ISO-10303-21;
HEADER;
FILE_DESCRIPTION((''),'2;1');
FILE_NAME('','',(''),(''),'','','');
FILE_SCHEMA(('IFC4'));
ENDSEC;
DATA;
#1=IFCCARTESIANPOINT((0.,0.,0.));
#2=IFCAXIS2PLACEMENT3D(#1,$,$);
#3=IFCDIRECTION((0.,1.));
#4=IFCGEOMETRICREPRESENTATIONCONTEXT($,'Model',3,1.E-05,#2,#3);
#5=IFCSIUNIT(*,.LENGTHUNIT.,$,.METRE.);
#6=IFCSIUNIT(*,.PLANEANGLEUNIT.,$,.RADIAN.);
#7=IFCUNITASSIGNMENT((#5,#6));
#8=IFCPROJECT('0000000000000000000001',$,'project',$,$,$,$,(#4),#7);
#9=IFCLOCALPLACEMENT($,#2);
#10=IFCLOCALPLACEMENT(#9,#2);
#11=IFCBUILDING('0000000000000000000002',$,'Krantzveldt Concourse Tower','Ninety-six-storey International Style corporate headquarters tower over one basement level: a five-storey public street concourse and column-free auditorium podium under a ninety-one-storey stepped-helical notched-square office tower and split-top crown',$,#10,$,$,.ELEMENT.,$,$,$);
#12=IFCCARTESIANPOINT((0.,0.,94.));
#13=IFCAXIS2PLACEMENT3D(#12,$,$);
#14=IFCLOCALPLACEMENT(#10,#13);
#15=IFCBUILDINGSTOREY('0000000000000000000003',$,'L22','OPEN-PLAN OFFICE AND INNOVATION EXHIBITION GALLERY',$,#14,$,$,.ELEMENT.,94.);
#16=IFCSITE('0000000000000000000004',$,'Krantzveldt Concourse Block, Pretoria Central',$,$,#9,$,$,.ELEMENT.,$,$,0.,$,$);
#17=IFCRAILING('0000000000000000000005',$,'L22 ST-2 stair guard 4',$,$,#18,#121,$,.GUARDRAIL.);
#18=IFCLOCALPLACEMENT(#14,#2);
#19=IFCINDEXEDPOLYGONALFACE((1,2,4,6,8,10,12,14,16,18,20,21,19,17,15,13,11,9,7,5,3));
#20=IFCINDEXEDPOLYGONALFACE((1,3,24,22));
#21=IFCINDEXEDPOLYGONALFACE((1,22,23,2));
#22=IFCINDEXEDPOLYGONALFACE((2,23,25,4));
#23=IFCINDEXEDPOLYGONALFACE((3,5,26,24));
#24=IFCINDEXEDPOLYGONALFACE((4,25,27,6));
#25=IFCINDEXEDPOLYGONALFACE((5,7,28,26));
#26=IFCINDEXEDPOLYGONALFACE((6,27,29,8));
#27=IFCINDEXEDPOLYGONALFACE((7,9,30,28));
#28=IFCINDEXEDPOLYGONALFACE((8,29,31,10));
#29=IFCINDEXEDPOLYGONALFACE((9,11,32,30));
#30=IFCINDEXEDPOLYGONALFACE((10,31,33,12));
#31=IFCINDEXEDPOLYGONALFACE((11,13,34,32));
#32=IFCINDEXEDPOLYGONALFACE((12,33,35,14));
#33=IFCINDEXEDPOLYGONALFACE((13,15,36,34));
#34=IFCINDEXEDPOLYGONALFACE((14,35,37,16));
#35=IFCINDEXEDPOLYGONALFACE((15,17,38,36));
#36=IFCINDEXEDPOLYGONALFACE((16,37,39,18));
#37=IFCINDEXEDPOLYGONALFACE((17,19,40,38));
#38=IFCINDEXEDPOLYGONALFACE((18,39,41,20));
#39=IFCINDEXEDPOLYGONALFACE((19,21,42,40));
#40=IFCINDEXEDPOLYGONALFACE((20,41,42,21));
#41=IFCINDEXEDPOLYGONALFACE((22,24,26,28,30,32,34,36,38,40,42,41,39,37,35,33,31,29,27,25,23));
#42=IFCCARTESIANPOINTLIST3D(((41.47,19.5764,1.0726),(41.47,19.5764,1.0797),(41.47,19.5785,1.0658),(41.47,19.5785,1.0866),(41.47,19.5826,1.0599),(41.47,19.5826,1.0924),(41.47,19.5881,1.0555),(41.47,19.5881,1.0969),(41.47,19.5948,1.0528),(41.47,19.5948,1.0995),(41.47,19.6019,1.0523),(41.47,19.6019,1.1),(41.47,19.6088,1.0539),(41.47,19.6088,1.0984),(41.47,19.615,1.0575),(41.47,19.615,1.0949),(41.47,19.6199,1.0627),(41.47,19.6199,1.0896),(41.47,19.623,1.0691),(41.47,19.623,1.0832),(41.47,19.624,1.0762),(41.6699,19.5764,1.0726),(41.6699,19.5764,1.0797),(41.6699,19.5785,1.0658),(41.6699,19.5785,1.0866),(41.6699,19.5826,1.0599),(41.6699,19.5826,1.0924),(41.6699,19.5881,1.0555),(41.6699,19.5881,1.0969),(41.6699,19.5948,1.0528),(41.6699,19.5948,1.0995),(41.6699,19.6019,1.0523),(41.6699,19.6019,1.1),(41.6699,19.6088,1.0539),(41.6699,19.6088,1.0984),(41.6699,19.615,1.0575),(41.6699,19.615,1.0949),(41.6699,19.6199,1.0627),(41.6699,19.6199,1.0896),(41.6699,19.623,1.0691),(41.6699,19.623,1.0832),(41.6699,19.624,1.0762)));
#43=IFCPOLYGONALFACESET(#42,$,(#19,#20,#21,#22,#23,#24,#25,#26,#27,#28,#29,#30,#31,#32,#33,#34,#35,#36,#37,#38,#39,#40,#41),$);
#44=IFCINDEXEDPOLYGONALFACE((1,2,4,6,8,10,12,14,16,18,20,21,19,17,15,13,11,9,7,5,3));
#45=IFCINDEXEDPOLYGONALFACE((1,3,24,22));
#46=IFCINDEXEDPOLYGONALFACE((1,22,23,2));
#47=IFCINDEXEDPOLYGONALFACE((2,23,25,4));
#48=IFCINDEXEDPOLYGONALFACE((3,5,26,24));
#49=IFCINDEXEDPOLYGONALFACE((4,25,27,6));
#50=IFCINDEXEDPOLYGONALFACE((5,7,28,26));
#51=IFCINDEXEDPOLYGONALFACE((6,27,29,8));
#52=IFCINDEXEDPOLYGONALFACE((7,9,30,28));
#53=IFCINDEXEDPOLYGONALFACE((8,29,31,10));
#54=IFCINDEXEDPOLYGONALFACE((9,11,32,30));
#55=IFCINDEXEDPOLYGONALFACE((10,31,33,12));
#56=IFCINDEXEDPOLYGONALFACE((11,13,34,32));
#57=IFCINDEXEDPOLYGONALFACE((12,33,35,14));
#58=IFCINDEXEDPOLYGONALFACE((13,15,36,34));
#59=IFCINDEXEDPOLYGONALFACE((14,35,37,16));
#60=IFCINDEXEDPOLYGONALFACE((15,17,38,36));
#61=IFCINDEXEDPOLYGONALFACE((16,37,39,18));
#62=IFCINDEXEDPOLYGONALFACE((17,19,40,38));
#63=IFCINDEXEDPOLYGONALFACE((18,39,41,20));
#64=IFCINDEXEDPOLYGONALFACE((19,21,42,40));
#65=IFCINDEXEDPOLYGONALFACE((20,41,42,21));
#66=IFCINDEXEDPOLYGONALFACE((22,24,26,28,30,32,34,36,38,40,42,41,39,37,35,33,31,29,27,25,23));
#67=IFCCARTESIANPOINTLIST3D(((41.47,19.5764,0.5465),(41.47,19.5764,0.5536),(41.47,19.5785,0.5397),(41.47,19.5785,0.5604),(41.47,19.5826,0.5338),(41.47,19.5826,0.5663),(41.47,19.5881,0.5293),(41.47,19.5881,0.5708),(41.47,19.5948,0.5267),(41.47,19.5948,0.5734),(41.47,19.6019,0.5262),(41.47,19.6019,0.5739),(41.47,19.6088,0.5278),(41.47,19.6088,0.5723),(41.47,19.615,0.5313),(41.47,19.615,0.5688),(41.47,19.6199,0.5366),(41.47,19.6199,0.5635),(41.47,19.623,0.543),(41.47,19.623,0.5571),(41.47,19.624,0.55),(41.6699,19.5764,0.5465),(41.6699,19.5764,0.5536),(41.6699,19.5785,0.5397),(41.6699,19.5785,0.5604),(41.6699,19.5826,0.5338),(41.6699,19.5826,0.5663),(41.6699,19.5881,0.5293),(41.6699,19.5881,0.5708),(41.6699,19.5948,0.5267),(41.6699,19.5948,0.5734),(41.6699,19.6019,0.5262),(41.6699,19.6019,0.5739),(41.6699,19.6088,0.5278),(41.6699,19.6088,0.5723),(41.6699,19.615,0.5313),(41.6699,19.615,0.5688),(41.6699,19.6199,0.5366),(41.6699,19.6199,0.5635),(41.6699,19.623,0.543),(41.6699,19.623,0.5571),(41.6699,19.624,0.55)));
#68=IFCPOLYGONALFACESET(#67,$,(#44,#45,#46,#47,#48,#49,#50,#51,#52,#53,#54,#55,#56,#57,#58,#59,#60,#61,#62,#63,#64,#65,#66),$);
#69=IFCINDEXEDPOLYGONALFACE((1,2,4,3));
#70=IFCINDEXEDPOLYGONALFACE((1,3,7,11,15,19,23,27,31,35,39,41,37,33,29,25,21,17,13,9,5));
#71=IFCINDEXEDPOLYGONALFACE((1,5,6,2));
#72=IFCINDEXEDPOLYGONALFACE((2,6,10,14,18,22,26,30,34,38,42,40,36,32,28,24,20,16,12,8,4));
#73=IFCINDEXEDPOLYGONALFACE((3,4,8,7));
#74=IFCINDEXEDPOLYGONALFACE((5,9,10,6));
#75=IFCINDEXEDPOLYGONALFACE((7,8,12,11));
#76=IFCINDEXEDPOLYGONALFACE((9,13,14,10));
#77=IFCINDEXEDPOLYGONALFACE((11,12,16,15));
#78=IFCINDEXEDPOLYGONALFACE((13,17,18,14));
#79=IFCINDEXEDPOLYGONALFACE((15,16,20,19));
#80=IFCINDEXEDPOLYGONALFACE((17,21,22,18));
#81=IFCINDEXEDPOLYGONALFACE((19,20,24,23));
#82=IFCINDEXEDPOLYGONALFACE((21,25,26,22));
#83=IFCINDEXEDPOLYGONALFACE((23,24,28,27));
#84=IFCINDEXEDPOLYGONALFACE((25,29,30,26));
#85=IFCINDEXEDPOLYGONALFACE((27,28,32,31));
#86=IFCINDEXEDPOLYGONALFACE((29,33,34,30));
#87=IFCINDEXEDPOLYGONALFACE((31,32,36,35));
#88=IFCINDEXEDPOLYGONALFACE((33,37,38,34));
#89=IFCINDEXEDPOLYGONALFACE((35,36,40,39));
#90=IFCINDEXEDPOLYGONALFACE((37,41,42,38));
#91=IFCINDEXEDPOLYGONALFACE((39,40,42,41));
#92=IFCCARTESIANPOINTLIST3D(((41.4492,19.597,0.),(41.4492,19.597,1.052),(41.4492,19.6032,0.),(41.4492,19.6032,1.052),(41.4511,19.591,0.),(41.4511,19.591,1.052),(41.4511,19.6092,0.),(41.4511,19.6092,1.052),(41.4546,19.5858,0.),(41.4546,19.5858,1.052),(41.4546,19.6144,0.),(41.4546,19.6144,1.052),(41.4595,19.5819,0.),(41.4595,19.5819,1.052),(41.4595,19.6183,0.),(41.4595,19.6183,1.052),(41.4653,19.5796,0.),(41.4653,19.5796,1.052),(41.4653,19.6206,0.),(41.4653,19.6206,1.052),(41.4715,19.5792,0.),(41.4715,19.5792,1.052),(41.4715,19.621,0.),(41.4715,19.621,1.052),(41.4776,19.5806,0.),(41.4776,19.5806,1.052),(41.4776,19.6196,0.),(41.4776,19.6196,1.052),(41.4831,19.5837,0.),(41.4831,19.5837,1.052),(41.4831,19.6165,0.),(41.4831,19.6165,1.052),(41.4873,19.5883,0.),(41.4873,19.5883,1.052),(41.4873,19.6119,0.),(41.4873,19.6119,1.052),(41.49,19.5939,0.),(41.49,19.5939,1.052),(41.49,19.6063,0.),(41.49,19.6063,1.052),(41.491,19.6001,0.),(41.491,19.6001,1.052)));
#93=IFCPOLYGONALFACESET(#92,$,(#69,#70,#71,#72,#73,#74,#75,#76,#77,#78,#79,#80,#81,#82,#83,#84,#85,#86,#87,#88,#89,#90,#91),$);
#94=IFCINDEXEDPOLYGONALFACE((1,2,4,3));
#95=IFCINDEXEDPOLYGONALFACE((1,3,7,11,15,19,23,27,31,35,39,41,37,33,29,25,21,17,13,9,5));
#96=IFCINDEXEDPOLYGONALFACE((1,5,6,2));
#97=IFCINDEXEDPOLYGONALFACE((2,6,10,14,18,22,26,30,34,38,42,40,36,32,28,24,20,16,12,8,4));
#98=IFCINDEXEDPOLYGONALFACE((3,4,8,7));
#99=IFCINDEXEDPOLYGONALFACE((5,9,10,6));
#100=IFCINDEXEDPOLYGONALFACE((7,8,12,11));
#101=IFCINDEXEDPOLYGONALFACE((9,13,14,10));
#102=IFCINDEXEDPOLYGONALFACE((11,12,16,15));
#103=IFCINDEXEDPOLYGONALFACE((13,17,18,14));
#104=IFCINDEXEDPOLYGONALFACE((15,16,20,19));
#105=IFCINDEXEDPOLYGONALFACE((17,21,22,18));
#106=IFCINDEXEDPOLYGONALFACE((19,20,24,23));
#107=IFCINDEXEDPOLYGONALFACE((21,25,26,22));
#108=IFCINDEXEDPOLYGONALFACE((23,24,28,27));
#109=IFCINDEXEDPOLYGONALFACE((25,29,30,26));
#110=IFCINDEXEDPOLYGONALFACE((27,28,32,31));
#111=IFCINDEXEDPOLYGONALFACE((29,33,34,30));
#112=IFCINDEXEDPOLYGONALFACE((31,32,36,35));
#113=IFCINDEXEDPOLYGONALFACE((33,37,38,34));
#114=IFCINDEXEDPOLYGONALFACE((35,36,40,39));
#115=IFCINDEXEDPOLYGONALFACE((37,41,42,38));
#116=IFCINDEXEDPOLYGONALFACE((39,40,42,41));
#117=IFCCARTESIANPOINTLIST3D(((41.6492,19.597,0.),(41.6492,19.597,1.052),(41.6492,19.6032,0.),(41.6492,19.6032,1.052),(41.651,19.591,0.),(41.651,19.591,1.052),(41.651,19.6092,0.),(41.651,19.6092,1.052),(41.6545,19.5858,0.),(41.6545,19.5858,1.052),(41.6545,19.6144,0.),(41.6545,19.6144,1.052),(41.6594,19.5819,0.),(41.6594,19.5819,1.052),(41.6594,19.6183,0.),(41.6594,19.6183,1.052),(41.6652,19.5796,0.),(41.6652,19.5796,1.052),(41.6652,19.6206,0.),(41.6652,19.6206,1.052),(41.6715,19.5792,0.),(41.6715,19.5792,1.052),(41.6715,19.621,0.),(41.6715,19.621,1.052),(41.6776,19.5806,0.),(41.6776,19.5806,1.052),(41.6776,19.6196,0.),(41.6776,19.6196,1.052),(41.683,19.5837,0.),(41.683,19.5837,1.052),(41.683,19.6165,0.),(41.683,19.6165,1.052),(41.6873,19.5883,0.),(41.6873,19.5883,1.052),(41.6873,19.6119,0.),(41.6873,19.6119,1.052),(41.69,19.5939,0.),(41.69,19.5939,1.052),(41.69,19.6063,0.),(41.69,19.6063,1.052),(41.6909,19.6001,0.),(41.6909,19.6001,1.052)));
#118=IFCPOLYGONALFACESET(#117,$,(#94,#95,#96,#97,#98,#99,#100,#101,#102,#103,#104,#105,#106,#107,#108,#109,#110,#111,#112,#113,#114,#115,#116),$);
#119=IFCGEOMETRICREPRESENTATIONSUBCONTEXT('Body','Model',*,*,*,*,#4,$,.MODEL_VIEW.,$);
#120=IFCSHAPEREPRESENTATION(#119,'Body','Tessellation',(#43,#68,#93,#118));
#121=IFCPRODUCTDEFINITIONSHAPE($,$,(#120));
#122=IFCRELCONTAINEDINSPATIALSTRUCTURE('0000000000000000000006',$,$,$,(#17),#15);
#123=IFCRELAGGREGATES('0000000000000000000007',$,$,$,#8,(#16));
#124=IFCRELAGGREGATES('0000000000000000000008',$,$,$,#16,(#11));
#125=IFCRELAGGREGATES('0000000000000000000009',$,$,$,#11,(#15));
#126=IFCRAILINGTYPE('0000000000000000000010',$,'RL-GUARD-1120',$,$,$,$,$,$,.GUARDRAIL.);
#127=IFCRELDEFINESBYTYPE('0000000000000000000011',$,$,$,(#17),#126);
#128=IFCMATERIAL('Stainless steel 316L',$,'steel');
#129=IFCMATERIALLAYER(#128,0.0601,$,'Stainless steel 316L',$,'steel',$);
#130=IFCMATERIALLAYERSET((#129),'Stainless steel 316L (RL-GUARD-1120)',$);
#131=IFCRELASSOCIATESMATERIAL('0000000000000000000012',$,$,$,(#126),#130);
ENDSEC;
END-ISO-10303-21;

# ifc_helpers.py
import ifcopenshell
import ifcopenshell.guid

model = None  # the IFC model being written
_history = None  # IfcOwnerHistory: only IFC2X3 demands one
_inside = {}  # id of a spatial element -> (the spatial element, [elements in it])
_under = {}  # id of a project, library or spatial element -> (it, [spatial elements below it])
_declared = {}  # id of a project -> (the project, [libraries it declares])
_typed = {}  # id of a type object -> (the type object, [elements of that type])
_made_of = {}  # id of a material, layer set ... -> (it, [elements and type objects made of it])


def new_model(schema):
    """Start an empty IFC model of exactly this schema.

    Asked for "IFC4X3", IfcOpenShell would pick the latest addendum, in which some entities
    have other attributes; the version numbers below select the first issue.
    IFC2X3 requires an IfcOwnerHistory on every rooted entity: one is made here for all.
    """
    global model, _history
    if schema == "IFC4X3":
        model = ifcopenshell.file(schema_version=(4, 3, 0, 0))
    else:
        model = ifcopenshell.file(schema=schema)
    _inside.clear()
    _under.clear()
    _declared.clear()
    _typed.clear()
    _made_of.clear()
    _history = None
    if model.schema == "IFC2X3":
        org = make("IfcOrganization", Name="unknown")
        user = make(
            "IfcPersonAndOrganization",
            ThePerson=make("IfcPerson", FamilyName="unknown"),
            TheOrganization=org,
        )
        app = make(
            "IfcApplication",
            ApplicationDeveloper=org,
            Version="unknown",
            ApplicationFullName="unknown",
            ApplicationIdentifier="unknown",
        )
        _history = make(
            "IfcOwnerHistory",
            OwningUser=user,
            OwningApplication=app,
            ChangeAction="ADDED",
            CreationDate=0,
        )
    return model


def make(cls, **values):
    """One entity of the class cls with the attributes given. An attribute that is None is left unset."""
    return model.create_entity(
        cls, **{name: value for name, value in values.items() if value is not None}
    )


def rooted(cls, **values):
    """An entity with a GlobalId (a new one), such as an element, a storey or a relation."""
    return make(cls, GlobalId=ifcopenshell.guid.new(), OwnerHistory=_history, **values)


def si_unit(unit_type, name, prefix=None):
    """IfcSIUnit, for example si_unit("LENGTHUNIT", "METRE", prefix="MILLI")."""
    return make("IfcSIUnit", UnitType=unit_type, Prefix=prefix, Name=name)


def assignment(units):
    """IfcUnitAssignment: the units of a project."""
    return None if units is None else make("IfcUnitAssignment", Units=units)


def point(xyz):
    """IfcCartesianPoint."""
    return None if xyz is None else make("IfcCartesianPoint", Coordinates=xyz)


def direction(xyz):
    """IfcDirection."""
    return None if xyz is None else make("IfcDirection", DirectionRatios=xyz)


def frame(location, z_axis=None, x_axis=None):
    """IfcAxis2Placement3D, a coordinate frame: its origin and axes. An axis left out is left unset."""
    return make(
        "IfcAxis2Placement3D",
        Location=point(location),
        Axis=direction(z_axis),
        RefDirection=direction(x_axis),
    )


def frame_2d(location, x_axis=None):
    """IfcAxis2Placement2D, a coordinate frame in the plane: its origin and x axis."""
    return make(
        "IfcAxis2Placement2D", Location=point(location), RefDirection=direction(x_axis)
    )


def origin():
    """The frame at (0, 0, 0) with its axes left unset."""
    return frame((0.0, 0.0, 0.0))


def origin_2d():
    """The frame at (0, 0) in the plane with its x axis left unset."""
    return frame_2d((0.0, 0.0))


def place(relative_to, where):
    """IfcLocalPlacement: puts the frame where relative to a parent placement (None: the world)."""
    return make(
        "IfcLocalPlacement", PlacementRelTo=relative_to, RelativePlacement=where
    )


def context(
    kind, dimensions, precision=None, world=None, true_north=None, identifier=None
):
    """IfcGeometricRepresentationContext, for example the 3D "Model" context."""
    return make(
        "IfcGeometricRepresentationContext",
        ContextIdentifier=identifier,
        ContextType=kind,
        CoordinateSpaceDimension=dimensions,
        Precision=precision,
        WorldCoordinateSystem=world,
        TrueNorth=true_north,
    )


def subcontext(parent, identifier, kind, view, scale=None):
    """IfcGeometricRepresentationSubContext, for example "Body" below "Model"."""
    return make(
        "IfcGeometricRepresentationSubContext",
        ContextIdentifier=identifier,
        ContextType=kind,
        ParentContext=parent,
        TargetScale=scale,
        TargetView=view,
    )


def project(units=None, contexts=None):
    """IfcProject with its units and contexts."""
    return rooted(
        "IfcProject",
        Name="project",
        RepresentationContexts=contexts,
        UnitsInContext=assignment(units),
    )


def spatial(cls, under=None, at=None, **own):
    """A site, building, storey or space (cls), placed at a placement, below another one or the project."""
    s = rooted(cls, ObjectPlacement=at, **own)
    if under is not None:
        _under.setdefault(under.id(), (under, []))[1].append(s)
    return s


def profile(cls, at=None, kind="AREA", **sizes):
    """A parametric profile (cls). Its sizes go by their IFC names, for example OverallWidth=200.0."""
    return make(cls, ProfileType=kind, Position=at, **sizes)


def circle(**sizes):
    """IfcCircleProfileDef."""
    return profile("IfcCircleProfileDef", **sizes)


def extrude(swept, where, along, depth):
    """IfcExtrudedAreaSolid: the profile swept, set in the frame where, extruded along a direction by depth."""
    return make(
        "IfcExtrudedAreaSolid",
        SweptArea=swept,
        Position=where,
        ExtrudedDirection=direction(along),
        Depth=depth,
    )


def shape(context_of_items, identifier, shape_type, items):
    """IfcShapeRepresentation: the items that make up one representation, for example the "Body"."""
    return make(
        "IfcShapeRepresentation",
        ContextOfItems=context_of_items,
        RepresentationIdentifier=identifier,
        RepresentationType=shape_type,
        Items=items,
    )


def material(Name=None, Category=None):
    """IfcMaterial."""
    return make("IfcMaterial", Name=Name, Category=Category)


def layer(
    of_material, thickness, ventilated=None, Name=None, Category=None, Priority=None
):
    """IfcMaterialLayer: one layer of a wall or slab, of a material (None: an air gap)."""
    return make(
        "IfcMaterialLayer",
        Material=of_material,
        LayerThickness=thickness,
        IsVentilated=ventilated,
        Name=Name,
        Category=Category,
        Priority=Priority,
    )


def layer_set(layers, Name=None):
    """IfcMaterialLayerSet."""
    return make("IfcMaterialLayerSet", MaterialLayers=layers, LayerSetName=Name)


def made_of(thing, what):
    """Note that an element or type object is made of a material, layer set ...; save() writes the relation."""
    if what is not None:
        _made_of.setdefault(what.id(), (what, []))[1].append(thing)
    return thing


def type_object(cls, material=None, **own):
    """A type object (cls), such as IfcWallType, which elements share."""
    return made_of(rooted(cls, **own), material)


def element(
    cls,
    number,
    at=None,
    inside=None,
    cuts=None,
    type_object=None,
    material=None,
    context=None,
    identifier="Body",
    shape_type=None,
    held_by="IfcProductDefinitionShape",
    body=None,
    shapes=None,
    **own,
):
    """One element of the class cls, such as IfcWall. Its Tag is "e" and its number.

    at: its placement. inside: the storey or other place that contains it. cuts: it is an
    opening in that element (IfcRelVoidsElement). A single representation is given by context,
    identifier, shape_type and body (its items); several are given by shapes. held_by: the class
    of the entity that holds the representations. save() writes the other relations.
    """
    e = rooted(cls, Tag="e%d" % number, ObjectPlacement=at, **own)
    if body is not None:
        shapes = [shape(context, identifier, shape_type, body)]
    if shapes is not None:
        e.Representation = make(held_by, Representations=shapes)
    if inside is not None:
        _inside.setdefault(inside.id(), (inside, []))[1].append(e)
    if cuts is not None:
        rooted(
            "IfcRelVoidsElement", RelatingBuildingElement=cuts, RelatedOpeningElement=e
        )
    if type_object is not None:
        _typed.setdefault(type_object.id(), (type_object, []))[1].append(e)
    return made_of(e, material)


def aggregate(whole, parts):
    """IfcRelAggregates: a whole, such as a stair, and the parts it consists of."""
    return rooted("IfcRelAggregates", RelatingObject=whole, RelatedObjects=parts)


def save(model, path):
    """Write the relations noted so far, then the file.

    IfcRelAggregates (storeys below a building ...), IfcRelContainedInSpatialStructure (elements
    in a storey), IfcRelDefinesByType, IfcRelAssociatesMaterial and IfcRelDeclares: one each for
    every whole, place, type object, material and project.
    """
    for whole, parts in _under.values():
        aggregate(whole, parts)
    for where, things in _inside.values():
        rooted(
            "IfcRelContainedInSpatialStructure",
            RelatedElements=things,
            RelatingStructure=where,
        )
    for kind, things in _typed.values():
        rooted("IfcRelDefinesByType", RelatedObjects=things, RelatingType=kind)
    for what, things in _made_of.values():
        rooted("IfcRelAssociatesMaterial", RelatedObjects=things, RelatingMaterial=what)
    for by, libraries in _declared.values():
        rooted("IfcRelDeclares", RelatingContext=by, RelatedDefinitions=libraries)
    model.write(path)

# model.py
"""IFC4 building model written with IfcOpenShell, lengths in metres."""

from ifc_helpers import new_model, si_unit, direction, frame, origin, origin_2d, place, context, subcontext, project, spatial, circle, extrude, material, layer, layer_set, type_object, element, save


model = new_model("IFC4")

# Units and contexts
model_context = context("Model", 3, precision=1e-05, world=origin(), true_north=direction((0.0, 1.0)))
body_context = subcontext(model_context, "Body", "Model", "MODEL_VIEW")
ifc_project = project(units=[si_unit("LENGTHUNIT", "METRE"), si_unit("PLANEANGLEUNIT", "RADIAN")], contexts=[model_context])

# Site, building, storey
site_placement = place(None, origin())
site = spatial("IfcSite", under=ifc_project, at=site_placement, Name="Krantzveldt Concourse Block, Pretoria Central", CompositionType="ELEMENT", RefElevation=0.0)
building_placement = place(site_placement, origin())
building = spatial("IfcBuilding", under=site, at=building_placement, Name="Krantzveldt Concourse Tower", Description="Ninety-six-storey International Style corporate headquarters tower over one basement level: a five-storey public street concourse and column-free auditorium podium under a ninety-one-storey stepped-helical notched-square office tower and split-top crown", CompositionType="ELEMENT")
storey_placement = place(building_placement, frame((0.0, 0.0, 94.0)))
storey = spatial("IfcBuildingStorey", under=building, at=storey_placement, Name="L22", Description="OPEN-PLAN OFFICE AND INNOVATION EXHIBITION GALLERY", CompositionType="ELEMENT", Elevation=94.0)

# Shared definitions
ifc_material_1 = material(Name="Stainless steel 316L", Category="steel")

# Railing
ifc_layer_1 = layer(ifc_material_1, 0.0601, Name="Stainless steel 316L", Category="steel")
ifc_layer_set_1 = layer_set([ifc_layer_1], Name="Stainless steel 316L (RL-GUARD-1120)")
railing_type_1 = type_object("IfcRailingType", Name="RL-GUARD-1120", PredefinedType="GUARDRAIL", material=ifc_layer_set_1)
railing_1_placement = place(storey_placement, frame((41.47, 19.6001, 0.0)))
element("IfcRailing", 1, at=railing_1_placement, inside=storey, type_object=railing_type_1, Name="L22 ST-2 stair guard 4", PredefinedType="GUARDRAIL", context=body_context, shape_type="SweptSolid", body=[
    extrude(circle(Radius=0.0239, at=origin_2d()), frame((0.0, 0.0, 1.0762), z_axis=(1.0, 0.0, 0.0), x_axis=(0.0, 1.0, 0.0)), (0.0, 0.0, 1.0), 0.2),
    extrude(circle(Radius=0.0239, at=origin_2d()), frame((0.0, 0.0, 0.55), z_axis=(1.0, 0.0, 0.0), x_axis=(0.0, 1.0, 0.0)), (0.0, 0.0, 1.0), 0.2),
    extrude(circle(Radius=0.021, at=origin_2d()), origin(), (0.0, 0.0, 1.0), 1.052),
    extrude(circle(Radius=0.021, at=origin_2d()), frame((0.2, 0.0, 0.0)), (0.0, 0.0, 1.0), 1.052),
])

save(model, "model.ifc")
